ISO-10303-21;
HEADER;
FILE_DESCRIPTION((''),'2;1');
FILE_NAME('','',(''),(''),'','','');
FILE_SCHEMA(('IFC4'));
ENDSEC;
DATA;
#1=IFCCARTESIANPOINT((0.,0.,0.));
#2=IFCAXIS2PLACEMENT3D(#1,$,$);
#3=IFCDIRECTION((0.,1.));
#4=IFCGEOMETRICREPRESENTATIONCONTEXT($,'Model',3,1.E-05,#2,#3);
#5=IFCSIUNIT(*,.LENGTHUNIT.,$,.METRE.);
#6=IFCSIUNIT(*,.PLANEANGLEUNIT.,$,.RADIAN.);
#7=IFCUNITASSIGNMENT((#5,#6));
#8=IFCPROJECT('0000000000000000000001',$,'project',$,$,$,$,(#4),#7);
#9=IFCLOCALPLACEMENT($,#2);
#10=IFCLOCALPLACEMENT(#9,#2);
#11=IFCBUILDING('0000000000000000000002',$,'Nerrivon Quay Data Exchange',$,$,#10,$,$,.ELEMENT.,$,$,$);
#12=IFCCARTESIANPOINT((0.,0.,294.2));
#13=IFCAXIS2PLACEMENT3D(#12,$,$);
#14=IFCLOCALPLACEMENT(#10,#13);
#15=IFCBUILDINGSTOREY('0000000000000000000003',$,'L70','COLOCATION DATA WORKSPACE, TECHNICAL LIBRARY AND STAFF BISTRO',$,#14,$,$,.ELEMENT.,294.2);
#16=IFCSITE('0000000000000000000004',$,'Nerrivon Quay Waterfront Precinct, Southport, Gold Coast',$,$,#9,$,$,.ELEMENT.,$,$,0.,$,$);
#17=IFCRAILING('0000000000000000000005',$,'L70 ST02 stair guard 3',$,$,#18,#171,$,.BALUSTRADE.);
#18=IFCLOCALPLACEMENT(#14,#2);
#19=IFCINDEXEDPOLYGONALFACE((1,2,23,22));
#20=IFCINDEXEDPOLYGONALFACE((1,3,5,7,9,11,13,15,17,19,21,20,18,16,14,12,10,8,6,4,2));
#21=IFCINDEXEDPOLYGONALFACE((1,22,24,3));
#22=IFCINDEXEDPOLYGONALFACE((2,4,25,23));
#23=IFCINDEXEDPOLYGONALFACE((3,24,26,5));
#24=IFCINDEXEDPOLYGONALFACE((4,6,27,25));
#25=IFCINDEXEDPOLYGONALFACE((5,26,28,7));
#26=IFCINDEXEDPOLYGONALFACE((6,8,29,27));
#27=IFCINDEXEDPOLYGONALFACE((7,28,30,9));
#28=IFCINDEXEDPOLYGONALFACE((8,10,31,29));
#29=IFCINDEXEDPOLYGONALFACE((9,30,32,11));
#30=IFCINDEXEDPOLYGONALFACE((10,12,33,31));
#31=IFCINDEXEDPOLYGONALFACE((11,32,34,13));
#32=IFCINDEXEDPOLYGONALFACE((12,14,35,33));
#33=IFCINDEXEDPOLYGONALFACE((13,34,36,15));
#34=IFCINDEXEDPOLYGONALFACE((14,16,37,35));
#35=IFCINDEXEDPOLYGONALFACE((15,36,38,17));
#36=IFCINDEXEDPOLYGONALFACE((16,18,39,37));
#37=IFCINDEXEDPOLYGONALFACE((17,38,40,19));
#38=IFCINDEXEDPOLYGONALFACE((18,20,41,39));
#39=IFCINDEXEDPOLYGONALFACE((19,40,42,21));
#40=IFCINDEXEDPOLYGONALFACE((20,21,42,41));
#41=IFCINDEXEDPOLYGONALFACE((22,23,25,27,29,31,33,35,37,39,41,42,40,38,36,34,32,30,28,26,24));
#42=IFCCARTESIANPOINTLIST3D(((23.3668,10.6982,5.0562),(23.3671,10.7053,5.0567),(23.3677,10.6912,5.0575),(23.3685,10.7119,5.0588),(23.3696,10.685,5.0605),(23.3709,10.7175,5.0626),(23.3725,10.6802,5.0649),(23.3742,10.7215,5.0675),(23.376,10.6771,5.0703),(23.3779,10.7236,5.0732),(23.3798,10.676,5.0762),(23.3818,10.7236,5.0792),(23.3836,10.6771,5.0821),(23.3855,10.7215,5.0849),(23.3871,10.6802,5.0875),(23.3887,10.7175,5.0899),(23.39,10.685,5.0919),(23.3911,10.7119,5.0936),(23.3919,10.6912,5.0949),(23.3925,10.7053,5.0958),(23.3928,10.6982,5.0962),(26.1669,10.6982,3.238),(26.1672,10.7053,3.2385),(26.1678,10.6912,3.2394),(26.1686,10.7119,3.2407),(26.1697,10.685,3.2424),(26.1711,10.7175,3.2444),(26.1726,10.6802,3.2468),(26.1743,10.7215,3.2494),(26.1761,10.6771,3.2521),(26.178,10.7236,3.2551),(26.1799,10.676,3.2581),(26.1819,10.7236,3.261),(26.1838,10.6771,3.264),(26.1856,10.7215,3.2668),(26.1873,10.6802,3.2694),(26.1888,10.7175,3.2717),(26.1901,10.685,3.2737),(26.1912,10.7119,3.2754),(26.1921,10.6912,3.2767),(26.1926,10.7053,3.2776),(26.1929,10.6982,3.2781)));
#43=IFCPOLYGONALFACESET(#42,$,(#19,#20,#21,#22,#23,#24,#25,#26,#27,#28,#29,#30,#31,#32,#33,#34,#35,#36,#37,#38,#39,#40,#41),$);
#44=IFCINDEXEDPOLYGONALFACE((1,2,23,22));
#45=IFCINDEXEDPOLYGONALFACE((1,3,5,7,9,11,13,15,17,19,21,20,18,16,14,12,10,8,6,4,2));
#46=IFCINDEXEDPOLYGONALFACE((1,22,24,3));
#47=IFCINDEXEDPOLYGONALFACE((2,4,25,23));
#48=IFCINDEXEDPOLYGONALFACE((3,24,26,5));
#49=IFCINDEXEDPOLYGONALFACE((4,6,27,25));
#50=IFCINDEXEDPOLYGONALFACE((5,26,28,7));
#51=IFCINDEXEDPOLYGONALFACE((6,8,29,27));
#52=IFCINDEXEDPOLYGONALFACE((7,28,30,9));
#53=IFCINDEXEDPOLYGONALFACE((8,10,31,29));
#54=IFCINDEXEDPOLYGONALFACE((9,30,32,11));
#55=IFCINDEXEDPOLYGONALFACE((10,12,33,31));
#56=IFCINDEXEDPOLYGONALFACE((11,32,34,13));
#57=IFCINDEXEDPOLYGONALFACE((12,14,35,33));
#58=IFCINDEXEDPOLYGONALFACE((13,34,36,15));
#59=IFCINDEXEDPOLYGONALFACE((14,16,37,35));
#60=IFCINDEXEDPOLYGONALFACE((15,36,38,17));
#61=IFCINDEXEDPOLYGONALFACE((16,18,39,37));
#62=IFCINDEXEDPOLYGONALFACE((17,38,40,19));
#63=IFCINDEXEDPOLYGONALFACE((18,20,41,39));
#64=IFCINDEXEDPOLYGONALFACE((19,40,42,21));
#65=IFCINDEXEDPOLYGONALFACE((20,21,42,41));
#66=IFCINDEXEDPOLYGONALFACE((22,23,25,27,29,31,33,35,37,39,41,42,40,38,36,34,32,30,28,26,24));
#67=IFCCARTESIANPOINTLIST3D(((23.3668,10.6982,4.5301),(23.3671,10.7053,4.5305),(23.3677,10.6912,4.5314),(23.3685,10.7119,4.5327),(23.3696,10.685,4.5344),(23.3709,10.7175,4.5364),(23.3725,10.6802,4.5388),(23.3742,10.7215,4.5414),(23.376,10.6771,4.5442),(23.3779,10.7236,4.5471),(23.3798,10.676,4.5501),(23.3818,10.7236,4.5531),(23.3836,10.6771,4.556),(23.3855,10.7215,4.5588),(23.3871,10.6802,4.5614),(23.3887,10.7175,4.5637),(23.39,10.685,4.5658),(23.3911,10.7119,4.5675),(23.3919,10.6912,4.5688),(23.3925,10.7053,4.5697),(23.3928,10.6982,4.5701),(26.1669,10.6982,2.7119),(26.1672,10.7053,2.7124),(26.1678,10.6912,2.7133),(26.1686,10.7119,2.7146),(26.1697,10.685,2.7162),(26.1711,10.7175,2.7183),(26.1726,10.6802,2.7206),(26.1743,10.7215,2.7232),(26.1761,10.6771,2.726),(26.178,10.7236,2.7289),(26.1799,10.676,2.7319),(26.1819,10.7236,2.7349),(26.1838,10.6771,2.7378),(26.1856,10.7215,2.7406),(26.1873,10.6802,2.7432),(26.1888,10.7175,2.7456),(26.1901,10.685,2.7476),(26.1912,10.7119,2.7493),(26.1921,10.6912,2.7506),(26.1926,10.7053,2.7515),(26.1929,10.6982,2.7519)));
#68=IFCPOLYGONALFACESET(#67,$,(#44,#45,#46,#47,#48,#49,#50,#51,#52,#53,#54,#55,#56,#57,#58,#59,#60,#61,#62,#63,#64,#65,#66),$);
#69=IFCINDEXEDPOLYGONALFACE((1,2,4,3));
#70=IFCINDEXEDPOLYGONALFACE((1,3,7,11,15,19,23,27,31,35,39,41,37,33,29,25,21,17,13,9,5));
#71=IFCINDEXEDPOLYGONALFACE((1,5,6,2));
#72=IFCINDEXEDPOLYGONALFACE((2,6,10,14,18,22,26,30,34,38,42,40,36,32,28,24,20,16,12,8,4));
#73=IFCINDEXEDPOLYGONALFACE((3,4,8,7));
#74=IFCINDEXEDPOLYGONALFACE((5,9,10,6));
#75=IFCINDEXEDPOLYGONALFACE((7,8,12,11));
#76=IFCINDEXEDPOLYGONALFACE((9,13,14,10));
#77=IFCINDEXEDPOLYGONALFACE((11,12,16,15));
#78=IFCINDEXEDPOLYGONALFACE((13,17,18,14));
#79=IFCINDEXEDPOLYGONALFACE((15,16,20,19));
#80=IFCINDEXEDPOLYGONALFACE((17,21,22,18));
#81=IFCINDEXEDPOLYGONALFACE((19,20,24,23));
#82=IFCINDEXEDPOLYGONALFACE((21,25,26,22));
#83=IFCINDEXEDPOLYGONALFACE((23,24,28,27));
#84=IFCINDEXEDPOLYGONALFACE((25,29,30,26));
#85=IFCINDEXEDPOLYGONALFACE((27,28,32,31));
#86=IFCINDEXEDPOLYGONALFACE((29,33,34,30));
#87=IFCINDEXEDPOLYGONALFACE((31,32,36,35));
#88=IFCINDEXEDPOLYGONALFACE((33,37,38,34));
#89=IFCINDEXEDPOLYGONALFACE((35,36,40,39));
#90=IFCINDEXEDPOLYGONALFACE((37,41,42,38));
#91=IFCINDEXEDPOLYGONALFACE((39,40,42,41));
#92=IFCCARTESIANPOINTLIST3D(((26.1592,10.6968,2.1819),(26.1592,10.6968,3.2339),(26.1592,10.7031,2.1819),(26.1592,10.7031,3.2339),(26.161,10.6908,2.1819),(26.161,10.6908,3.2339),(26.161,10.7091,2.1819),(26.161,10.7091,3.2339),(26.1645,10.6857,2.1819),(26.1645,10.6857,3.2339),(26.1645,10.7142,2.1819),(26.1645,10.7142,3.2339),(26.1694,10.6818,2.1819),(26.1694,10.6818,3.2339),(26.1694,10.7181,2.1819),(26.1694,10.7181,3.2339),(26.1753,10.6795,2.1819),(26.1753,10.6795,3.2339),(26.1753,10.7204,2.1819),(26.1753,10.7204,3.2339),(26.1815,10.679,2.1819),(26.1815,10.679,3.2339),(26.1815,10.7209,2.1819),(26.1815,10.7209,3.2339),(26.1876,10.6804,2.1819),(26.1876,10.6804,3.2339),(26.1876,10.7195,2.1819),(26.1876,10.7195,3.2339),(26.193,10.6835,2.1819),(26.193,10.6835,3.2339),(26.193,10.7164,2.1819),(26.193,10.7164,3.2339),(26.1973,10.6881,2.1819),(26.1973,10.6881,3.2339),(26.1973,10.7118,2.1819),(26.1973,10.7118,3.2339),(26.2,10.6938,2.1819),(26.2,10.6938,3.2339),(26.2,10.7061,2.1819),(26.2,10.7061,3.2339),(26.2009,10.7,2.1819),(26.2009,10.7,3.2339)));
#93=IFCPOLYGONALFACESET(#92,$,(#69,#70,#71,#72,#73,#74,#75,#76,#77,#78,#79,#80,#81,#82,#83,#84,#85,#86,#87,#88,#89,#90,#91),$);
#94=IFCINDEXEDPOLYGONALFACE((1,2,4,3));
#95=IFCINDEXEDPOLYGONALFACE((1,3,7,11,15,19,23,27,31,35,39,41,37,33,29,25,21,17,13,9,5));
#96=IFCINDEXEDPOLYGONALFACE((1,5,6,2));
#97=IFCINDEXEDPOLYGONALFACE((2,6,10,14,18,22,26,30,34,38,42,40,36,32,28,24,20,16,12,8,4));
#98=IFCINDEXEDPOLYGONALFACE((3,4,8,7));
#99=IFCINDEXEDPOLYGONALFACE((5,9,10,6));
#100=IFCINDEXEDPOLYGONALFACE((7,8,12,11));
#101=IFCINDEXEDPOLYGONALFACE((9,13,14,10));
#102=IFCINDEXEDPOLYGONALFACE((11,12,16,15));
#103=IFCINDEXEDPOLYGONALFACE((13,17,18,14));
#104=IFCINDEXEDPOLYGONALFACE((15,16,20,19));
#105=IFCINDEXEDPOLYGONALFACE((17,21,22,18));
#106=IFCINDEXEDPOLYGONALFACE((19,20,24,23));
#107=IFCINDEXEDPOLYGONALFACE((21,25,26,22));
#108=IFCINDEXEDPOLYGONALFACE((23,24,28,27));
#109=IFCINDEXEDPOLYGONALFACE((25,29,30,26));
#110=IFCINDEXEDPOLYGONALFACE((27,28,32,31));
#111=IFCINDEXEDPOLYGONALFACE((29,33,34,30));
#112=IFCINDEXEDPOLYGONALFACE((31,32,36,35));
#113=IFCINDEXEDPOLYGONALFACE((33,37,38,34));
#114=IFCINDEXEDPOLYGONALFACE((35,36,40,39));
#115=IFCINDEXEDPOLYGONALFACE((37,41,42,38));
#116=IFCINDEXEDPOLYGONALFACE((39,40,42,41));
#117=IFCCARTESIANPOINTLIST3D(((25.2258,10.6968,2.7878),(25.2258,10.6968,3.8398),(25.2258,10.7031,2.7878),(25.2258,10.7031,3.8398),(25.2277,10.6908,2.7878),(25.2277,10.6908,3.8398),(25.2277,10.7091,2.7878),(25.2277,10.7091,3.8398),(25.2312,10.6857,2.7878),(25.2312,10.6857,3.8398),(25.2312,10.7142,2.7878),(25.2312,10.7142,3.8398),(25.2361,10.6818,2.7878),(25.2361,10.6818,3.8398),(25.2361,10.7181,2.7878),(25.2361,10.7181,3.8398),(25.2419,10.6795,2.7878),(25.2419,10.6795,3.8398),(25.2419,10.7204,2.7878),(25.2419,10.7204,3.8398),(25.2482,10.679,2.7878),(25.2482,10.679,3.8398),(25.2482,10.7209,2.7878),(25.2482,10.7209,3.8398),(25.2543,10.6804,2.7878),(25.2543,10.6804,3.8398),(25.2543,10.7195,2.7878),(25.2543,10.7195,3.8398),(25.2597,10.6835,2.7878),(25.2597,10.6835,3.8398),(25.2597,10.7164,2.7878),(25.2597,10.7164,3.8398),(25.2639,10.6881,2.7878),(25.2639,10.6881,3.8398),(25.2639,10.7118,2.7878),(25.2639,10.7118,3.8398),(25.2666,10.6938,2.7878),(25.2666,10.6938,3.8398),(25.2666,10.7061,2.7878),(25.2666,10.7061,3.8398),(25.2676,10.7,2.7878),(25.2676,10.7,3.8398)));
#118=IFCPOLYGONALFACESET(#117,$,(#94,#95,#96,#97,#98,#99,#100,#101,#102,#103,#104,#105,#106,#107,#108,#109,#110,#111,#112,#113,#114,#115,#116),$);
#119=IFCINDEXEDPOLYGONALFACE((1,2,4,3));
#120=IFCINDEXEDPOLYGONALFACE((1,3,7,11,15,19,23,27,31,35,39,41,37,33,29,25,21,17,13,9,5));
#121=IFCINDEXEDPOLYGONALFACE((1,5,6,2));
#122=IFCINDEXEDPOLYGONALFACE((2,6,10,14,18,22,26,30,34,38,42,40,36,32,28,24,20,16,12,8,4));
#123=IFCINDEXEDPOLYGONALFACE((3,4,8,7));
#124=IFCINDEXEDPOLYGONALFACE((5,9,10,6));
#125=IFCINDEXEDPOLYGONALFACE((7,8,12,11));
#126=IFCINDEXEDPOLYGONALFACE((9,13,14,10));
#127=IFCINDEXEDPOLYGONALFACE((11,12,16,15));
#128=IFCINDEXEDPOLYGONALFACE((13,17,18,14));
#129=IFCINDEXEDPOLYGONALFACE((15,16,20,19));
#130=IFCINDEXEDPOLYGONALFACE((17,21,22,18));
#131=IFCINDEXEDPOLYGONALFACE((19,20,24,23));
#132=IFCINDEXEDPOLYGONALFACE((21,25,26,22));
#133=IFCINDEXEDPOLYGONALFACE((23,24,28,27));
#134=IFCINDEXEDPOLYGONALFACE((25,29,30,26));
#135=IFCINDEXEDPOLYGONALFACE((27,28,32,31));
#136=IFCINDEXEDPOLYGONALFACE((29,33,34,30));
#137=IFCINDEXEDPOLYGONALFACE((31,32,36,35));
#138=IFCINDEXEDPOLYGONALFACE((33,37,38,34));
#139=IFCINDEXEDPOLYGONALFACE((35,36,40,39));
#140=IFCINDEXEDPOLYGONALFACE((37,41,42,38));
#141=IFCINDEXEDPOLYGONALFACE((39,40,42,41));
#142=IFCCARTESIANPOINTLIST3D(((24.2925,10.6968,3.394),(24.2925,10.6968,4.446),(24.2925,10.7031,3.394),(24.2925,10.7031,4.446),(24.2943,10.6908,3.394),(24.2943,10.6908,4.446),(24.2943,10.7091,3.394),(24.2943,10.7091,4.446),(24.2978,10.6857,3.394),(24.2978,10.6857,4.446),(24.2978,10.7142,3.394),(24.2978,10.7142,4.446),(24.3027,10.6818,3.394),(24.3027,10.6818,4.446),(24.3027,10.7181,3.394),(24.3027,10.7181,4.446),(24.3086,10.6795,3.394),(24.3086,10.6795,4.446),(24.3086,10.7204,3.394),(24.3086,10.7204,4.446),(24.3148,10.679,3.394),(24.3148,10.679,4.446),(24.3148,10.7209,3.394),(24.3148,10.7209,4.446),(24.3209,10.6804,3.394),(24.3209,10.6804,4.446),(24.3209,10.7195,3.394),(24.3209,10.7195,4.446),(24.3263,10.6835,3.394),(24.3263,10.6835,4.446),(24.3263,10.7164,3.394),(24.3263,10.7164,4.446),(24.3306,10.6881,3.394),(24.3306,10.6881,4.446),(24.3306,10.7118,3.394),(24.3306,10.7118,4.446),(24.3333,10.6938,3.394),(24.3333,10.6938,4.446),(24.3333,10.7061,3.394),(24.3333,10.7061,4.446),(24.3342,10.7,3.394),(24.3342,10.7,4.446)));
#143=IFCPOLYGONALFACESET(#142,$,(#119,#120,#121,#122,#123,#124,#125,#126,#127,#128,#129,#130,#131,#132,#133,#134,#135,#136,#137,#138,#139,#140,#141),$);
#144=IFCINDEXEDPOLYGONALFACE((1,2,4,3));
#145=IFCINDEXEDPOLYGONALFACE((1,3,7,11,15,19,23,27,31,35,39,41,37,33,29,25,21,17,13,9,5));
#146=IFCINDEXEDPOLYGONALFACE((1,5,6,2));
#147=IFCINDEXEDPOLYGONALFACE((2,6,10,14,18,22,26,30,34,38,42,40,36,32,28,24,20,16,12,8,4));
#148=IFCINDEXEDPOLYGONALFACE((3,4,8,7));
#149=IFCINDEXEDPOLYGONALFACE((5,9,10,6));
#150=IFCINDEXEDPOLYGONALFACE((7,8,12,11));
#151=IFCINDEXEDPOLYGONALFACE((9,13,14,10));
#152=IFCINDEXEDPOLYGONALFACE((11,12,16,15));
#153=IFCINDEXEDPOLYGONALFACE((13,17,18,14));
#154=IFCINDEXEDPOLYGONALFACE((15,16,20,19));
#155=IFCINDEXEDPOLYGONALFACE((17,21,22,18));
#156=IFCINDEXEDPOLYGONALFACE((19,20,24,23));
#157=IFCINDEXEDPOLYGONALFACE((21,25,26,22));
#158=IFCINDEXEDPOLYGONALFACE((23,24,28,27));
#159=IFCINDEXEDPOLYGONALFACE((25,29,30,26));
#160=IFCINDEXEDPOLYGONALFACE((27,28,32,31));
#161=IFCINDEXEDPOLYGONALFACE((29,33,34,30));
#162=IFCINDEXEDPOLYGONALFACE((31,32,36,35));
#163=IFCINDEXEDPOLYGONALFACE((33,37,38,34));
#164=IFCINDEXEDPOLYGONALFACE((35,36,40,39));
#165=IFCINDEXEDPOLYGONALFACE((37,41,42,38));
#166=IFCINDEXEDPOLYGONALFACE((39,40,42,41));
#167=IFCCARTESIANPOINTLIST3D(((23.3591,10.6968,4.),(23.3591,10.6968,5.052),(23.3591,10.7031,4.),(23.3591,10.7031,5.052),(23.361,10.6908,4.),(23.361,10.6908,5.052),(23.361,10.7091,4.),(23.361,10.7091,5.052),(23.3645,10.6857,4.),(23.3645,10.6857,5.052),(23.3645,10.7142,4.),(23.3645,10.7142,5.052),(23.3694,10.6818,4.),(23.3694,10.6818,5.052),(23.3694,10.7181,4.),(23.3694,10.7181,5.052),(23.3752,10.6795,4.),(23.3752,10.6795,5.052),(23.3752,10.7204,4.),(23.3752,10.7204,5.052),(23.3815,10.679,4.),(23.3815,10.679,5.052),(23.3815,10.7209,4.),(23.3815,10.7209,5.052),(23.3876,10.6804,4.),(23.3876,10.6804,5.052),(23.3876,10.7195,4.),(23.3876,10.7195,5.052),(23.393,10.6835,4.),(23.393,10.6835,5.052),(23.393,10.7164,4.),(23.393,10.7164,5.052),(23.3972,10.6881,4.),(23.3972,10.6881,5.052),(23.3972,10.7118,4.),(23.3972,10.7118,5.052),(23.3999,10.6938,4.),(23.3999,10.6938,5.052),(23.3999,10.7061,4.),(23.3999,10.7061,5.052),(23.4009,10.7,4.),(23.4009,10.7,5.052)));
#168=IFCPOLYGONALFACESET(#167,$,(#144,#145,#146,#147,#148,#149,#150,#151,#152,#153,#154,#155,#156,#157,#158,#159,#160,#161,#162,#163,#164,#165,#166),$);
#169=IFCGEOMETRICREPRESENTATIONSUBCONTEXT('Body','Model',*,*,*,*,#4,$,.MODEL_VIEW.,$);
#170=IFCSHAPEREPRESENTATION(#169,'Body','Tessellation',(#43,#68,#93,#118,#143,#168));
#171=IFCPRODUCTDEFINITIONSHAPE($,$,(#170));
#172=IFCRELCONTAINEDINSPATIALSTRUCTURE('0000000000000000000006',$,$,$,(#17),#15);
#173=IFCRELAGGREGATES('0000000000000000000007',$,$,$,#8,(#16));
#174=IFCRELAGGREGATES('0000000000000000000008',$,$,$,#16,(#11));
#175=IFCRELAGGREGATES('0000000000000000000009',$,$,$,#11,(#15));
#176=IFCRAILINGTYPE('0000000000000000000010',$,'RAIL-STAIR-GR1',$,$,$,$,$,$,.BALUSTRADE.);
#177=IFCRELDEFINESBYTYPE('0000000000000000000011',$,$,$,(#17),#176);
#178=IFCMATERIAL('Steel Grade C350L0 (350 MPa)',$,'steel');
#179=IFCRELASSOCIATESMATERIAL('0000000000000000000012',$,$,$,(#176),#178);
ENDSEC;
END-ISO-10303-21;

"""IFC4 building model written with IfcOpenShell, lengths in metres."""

from ifc_helpers import new_model, si_unit, direction, frame, origin, origin_2d, place, context, subcontext, project, spatial, circle, extrude, material, type_object, element, save


model = new_model("IFC4")

# Units and contexts
model_context = context("Model", 3, precision=1e-05, world=origin(), true_north=direction((0.0, 1.0)))
body_context = subcontext(model_context, "Body", "Model", "MODEL_VIEW")
ifc_project = project(units=[si_unit("LENGTHUNIT", "METRE"), si_unit("PLANEANGLEUNIT", "RADIAN")], contexts=[model_context])

# Site, building, storey
site_placement = place(None, origin())
site = spatial("IfcSite", under=ifc_project, at=site_placement, Name="Nerrivon Quay Waterfront Precinct, Southport, Gold Coast", CompositionType="ELEMENT", RefElevation=0.0)
building_placement = place(site_placement, origin())
building = spatial("IfcBuilding", under=site, at=building_placement, Name="Nerrivon Quay Data Exchange", CompositionType="ELEMENT")
storey_placement = place(building_placement, frame((0.0, 0.0, 294.2)))
storey = spatial("IfcBuildingStorey", under=building, at=storey_placement, Name="L70", Description="COLOCATION DATA WORKSPACE, TECHNICAL LIBRARY AND STAFF BISTRO", CompositionType="ELEMENT", Elevation=294.2)

# Railing
ifc_material_1 = material(Name="Steel Grade C350L0 (350 MPa)", Category="steel")
railing_type_1 = type_object("IfcRailingType", Name="RAIL-STAIR-GR1", PredefinedType="BALUSTRADE", material=ifc_material_1)
railing_1_placement = place(storey_placement, frame((26.1799, 10.7, 2.1819)))
element("IfcRailing", 1, at=railing_1_placement, inside=storey, type_object=railing_type_1, Name="L70 ST02 stair guard 3", PredefinedType="BALUSTRADE", context=body_context, shape_type="SweptSolid", body=[
    extrude(circle(Radius=0.0239, at=origin_2d()), frame((0.0, 0.0, 1.0762), z_axis=(-0.838706, 0.0, 0.544585), x_axis=(0.0, -1.0, 0.0)), (0.0, 0.0, 1.0), 3.3386),
    extrude(circle(Radius=0.0239, at=origin_2d()), frame((0.0, 0.0, 0.55), z_axis=(-0.838706, 0.0, 0.544585), x_axis=(0.0, -1.0, 0.0)), (0.0, 0.0, 1.0), 3.3386),
    extrude(circle(Radius=0.021, at=origin_2d()), origin(), (0.0, 0.0, 1.0), 1.052),
    extrude(circle(Radius=0.021, at=origin_2d()), frame((-0.9333, 0.0, 0.606)), (0.0, 0.0, 1.0), 1.052),
    extrude(circle(Radius=0.021, at=origin_2d()), frame((-1.8667, 0.0, 1.2122)), (0.0, 0.0, 1.0), 1.052),
    extrude(circle(Radius=0.021, at=origin_2d()), frame((-2.8, 0.0, 1.8181)), (0.0, 0.0, 1.0), 1.052),
])

save(model, "model.ifc")
